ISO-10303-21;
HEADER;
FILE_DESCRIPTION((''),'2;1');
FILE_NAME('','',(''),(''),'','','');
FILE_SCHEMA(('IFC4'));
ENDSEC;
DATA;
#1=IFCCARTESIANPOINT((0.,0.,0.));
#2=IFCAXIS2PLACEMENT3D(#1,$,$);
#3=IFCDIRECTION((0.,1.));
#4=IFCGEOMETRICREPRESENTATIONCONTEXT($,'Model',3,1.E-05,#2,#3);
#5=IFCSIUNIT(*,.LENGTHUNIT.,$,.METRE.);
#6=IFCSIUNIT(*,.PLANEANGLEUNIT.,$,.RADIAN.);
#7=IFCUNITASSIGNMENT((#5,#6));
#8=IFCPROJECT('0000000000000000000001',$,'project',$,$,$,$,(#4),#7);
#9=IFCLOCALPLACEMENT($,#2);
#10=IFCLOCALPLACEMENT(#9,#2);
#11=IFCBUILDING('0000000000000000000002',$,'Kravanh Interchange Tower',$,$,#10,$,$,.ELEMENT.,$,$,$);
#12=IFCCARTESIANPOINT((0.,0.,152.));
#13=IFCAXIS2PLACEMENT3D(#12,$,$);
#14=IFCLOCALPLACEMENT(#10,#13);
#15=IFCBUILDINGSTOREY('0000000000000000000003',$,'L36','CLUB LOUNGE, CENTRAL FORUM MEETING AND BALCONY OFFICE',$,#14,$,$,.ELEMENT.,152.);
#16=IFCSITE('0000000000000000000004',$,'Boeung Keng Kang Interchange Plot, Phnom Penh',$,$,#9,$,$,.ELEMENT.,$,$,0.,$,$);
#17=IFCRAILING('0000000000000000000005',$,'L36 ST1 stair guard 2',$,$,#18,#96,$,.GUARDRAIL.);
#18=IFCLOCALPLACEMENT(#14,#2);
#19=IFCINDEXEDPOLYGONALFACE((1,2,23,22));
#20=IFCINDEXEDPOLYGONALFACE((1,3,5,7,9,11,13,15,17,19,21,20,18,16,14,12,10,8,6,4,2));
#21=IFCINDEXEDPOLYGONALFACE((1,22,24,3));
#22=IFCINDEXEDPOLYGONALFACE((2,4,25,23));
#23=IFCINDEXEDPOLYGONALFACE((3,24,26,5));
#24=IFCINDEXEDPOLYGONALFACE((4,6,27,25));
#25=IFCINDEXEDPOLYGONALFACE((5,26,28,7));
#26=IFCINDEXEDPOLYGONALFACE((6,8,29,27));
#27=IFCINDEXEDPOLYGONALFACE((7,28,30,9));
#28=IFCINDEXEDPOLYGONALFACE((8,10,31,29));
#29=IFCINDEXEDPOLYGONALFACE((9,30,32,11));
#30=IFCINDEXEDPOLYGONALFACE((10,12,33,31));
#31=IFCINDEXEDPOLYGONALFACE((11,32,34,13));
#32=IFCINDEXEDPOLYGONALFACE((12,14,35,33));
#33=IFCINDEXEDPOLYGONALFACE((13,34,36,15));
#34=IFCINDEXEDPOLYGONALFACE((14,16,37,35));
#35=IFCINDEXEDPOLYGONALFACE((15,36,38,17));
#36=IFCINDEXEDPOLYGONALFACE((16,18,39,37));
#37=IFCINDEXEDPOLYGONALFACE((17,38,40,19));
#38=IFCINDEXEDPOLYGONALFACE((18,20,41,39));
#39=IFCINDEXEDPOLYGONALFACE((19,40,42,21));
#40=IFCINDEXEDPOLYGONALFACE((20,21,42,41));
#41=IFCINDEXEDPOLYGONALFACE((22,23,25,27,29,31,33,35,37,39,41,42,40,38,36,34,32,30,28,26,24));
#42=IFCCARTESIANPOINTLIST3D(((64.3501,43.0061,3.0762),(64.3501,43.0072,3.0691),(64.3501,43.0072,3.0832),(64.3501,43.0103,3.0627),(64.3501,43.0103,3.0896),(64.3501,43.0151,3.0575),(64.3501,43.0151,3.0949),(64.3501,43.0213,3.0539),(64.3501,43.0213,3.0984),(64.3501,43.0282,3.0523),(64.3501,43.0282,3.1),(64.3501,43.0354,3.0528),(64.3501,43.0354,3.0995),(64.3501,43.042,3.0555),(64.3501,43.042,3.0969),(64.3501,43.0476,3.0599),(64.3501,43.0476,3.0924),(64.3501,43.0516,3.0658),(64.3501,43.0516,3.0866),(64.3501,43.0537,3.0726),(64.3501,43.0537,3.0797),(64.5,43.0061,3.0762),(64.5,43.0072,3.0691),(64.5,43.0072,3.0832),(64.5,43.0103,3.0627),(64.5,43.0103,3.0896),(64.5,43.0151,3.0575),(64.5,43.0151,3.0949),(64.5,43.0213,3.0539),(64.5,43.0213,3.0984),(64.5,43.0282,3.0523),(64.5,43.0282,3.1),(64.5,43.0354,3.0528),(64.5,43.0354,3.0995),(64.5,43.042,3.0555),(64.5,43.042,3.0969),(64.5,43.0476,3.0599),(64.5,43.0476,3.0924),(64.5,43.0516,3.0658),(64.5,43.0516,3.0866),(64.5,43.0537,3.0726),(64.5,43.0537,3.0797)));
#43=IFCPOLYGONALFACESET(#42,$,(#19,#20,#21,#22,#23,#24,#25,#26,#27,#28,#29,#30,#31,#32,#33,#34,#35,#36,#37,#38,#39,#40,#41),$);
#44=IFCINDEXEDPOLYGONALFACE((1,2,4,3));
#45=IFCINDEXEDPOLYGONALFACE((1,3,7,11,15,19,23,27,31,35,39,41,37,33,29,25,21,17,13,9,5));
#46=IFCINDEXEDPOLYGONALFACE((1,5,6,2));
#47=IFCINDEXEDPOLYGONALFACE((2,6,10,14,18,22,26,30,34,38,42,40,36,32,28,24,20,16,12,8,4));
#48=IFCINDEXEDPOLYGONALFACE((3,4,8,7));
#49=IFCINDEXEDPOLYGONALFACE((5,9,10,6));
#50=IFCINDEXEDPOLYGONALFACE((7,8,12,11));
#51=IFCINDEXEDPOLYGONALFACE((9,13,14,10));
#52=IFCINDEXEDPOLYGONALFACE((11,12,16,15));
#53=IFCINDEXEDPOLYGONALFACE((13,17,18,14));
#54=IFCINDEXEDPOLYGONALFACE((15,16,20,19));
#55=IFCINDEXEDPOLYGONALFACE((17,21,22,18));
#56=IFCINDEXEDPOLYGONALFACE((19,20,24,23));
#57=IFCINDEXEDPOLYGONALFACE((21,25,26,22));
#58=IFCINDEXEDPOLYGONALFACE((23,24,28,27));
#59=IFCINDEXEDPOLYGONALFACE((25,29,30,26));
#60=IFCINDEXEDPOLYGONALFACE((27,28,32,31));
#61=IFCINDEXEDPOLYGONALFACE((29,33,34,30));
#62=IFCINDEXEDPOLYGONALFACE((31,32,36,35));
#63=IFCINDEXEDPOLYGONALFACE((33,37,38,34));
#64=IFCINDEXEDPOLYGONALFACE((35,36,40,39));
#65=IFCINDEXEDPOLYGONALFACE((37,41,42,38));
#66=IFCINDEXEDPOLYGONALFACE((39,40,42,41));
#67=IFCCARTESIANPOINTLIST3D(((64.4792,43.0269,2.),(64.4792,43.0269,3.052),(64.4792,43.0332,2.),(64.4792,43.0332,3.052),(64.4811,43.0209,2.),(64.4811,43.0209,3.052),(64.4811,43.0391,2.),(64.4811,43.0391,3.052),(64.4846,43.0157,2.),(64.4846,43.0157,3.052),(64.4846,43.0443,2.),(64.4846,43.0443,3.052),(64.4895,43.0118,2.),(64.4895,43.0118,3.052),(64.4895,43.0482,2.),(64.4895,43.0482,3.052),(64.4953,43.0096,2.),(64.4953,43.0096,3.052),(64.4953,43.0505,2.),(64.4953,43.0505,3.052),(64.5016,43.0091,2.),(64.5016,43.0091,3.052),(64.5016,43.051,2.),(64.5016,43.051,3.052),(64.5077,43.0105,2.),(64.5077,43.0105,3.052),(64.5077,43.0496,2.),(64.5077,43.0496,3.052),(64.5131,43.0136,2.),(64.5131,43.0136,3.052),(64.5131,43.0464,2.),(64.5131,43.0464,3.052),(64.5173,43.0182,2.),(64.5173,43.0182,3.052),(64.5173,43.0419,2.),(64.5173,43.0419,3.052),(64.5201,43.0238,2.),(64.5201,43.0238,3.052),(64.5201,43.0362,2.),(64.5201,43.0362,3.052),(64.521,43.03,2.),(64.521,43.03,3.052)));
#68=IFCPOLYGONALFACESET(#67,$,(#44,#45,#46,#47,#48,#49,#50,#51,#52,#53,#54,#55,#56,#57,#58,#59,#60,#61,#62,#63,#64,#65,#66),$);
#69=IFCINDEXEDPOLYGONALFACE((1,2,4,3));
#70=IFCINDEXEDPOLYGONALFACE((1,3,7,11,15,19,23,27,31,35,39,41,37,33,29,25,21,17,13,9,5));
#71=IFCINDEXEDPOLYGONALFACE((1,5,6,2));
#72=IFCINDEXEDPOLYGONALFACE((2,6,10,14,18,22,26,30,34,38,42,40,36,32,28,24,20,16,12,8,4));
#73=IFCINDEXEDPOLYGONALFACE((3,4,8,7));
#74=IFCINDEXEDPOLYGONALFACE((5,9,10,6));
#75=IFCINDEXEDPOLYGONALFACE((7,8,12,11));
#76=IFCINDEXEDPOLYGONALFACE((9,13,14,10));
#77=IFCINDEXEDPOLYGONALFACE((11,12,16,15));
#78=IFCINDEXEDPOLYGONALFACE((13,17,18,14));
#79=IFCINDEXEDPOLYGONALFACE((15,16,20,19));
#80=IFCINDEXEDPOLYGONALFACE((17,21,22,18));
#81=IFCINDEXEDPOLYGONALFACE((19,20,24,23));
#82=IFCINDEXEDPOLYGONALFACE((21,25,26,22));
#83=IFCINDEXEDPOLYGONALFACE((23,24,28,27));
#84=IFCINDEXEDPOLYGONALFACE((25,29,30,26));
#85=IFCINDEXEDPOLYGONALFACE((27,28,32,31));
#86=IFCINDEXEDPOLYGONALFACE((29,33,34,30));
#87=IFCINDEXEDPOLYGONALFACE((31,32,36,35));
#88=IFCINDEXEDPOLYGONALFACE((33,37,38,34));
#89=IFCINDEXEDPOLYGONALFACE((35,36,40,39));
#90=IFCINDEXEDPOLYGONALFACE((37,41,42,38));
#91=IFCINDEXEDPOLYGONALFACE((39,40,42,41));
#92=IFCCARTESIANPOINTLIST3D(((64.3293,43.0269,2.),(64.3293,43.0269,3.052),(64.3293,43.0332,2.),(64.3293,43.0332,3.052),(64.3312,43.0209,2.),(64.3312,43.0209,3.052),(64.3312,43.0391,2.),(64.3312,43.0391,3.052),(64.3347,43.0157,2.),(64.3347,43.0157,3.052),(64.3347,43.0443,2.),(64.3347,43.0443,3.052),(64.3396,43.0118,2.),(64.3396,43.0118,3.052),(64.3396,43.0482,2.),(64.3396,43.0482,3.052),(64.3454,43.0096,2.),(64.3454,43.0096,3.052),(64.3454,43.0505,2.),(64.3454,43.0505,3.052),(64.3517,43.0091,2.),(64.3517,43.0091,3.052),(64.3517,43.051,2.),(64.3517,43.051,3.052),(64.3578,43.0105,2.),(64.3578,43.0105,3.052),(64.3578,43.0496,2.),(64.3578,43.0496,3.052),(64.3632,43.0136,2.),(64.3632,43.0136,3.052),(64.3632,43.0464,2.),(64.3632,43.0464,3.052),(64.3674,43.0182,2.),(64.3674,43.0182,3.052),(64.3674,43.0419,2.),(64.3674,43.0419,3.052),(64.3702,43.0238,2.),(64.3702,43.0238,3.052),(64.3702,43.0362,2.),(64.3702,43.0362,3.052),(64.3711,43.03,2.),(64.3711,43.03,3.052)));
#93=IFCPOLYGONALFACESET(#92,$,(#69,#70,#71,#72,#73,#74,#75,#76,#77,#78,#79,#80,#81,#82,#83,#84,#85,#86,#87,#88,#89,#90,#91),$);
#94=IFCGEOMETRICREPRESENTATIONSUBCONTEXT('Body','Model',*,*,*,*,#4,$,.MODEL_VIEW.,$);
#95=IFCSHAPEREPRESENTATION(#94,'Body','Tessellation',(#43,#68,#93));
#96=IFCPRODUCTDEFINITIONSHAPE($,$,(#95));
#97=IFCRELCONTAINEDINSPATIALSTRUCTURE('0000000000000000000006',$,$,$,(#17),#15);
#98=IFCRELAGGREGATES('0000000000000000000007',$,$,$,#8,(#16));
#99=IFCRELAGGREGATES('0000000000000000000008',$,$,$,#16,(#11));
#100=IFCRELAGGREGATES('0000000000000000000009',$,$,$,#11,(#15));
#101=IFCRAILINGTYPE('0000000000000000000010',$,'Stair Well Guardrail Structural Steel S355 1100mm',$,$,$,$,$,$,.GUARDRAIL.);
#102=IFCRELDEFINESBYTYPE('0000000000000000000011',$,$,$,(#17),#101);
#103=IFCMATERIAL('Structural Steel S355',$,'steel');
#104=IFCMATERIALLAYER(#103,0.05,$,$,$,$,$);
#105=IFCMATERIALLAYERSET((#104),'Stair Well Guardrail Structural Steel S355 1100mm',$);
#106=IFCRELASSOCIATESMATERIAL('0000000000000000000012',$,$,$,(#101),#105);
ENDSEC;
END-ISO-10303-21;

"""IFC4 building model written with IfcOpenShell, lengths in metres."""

from ifc_helpers import new_model, si_unit, direction, frame, origin, origin_2d, place, context, subcontext, project, spatial, circle, extrude, material, layer, layer_set, type_object, element, save


model = new_model("IFC4")

# Units and contexts
model_context = context("Model", 3, precision=1e-05, world=origin(), true_north=direction((0.0, 1.0)))
body_context = subcontext(model_context, "Body", "Model", "MODEL_VIEW")
ifc_project = project(units=[si_unit("LENGTHUNIT", "METRE"), si_unit("PLANEANGLEUNIT", "RADIAN")], contexts=[model_context])

# Site, building, storey
site_placement = place(None, origin())
site = spatial("IfcSite", under=ifc_project, at=site_placement, Name="Boeung Keng Kang Interchange Plot, Phnom Penh", CompositionType="ELEMENT", RefElevation=0.0)
building_placement = place(site_placement, origin())
building = spatial("IfcBuilding", under=site, at=building_placement, Name="Kravanh Interchange Tower", CompositionType="ELEMENT")
storey_placement = place(building_placement, frame((0.0, 0.0, 152.0)))
storey = spatial("IfcBuildingStorey", under=building, at=storey_placement, Name="L36", Description="CLUB LOUNGE, CENTRAL FORUM MEETING AND BALCONY OFFICE", CompositionType="ELEMENT", Elevation=152.0)

# Railing
ifc_material_1 = material(Name="Structural Steel S355", Category="steel")
ifc_layer_1 = layer(ifc_material_1, 0.05)
ifc_layer_set_1 = layer_set([ifc_layer_1], Name="Stair Well Guardrail Structural Steel S355 1100mm")
railing_type_1 = type_object("IfcRailingType", Name="Stair Well Guardrail Structural Steel S355 1100mm", PredefinedType="GUARDRAIL", material=ifc_layer_set_1)
railing_1_placement = place(storey_placement, frame((64.5, 43.03, 2.0)))
element("IfcRailing", 1, at=railing_1_placement, inside=storey, type_object=railing_type_1, Name="L36 ST1 stair guard 2", PredefinedType="GUARDRAIL", context=body_context, shape_type="SweptSolid", body=[
    extrude(circle(Radius=0.0239, at=origin_2d()), frame((0.0, 0.0, 1.0762), z_axis=(-1.0, 0.0, 0.0), x_axis=(0.0, -1.0, 0.0)), (0.0, 0.0, 1.0), 0.1499),
    extrude(circle(Radius=0.021, at=origin_2d()), origin(), (0.0, 0.0, 1.0), 1.052),
    extrude(circle(Radius=0.021, at=origin_2d()), frame((-0.1499, 0.0, 0.0)), (0.0, 0.0, 1.0), 1.052),
])

save(model, "model.ifc")
